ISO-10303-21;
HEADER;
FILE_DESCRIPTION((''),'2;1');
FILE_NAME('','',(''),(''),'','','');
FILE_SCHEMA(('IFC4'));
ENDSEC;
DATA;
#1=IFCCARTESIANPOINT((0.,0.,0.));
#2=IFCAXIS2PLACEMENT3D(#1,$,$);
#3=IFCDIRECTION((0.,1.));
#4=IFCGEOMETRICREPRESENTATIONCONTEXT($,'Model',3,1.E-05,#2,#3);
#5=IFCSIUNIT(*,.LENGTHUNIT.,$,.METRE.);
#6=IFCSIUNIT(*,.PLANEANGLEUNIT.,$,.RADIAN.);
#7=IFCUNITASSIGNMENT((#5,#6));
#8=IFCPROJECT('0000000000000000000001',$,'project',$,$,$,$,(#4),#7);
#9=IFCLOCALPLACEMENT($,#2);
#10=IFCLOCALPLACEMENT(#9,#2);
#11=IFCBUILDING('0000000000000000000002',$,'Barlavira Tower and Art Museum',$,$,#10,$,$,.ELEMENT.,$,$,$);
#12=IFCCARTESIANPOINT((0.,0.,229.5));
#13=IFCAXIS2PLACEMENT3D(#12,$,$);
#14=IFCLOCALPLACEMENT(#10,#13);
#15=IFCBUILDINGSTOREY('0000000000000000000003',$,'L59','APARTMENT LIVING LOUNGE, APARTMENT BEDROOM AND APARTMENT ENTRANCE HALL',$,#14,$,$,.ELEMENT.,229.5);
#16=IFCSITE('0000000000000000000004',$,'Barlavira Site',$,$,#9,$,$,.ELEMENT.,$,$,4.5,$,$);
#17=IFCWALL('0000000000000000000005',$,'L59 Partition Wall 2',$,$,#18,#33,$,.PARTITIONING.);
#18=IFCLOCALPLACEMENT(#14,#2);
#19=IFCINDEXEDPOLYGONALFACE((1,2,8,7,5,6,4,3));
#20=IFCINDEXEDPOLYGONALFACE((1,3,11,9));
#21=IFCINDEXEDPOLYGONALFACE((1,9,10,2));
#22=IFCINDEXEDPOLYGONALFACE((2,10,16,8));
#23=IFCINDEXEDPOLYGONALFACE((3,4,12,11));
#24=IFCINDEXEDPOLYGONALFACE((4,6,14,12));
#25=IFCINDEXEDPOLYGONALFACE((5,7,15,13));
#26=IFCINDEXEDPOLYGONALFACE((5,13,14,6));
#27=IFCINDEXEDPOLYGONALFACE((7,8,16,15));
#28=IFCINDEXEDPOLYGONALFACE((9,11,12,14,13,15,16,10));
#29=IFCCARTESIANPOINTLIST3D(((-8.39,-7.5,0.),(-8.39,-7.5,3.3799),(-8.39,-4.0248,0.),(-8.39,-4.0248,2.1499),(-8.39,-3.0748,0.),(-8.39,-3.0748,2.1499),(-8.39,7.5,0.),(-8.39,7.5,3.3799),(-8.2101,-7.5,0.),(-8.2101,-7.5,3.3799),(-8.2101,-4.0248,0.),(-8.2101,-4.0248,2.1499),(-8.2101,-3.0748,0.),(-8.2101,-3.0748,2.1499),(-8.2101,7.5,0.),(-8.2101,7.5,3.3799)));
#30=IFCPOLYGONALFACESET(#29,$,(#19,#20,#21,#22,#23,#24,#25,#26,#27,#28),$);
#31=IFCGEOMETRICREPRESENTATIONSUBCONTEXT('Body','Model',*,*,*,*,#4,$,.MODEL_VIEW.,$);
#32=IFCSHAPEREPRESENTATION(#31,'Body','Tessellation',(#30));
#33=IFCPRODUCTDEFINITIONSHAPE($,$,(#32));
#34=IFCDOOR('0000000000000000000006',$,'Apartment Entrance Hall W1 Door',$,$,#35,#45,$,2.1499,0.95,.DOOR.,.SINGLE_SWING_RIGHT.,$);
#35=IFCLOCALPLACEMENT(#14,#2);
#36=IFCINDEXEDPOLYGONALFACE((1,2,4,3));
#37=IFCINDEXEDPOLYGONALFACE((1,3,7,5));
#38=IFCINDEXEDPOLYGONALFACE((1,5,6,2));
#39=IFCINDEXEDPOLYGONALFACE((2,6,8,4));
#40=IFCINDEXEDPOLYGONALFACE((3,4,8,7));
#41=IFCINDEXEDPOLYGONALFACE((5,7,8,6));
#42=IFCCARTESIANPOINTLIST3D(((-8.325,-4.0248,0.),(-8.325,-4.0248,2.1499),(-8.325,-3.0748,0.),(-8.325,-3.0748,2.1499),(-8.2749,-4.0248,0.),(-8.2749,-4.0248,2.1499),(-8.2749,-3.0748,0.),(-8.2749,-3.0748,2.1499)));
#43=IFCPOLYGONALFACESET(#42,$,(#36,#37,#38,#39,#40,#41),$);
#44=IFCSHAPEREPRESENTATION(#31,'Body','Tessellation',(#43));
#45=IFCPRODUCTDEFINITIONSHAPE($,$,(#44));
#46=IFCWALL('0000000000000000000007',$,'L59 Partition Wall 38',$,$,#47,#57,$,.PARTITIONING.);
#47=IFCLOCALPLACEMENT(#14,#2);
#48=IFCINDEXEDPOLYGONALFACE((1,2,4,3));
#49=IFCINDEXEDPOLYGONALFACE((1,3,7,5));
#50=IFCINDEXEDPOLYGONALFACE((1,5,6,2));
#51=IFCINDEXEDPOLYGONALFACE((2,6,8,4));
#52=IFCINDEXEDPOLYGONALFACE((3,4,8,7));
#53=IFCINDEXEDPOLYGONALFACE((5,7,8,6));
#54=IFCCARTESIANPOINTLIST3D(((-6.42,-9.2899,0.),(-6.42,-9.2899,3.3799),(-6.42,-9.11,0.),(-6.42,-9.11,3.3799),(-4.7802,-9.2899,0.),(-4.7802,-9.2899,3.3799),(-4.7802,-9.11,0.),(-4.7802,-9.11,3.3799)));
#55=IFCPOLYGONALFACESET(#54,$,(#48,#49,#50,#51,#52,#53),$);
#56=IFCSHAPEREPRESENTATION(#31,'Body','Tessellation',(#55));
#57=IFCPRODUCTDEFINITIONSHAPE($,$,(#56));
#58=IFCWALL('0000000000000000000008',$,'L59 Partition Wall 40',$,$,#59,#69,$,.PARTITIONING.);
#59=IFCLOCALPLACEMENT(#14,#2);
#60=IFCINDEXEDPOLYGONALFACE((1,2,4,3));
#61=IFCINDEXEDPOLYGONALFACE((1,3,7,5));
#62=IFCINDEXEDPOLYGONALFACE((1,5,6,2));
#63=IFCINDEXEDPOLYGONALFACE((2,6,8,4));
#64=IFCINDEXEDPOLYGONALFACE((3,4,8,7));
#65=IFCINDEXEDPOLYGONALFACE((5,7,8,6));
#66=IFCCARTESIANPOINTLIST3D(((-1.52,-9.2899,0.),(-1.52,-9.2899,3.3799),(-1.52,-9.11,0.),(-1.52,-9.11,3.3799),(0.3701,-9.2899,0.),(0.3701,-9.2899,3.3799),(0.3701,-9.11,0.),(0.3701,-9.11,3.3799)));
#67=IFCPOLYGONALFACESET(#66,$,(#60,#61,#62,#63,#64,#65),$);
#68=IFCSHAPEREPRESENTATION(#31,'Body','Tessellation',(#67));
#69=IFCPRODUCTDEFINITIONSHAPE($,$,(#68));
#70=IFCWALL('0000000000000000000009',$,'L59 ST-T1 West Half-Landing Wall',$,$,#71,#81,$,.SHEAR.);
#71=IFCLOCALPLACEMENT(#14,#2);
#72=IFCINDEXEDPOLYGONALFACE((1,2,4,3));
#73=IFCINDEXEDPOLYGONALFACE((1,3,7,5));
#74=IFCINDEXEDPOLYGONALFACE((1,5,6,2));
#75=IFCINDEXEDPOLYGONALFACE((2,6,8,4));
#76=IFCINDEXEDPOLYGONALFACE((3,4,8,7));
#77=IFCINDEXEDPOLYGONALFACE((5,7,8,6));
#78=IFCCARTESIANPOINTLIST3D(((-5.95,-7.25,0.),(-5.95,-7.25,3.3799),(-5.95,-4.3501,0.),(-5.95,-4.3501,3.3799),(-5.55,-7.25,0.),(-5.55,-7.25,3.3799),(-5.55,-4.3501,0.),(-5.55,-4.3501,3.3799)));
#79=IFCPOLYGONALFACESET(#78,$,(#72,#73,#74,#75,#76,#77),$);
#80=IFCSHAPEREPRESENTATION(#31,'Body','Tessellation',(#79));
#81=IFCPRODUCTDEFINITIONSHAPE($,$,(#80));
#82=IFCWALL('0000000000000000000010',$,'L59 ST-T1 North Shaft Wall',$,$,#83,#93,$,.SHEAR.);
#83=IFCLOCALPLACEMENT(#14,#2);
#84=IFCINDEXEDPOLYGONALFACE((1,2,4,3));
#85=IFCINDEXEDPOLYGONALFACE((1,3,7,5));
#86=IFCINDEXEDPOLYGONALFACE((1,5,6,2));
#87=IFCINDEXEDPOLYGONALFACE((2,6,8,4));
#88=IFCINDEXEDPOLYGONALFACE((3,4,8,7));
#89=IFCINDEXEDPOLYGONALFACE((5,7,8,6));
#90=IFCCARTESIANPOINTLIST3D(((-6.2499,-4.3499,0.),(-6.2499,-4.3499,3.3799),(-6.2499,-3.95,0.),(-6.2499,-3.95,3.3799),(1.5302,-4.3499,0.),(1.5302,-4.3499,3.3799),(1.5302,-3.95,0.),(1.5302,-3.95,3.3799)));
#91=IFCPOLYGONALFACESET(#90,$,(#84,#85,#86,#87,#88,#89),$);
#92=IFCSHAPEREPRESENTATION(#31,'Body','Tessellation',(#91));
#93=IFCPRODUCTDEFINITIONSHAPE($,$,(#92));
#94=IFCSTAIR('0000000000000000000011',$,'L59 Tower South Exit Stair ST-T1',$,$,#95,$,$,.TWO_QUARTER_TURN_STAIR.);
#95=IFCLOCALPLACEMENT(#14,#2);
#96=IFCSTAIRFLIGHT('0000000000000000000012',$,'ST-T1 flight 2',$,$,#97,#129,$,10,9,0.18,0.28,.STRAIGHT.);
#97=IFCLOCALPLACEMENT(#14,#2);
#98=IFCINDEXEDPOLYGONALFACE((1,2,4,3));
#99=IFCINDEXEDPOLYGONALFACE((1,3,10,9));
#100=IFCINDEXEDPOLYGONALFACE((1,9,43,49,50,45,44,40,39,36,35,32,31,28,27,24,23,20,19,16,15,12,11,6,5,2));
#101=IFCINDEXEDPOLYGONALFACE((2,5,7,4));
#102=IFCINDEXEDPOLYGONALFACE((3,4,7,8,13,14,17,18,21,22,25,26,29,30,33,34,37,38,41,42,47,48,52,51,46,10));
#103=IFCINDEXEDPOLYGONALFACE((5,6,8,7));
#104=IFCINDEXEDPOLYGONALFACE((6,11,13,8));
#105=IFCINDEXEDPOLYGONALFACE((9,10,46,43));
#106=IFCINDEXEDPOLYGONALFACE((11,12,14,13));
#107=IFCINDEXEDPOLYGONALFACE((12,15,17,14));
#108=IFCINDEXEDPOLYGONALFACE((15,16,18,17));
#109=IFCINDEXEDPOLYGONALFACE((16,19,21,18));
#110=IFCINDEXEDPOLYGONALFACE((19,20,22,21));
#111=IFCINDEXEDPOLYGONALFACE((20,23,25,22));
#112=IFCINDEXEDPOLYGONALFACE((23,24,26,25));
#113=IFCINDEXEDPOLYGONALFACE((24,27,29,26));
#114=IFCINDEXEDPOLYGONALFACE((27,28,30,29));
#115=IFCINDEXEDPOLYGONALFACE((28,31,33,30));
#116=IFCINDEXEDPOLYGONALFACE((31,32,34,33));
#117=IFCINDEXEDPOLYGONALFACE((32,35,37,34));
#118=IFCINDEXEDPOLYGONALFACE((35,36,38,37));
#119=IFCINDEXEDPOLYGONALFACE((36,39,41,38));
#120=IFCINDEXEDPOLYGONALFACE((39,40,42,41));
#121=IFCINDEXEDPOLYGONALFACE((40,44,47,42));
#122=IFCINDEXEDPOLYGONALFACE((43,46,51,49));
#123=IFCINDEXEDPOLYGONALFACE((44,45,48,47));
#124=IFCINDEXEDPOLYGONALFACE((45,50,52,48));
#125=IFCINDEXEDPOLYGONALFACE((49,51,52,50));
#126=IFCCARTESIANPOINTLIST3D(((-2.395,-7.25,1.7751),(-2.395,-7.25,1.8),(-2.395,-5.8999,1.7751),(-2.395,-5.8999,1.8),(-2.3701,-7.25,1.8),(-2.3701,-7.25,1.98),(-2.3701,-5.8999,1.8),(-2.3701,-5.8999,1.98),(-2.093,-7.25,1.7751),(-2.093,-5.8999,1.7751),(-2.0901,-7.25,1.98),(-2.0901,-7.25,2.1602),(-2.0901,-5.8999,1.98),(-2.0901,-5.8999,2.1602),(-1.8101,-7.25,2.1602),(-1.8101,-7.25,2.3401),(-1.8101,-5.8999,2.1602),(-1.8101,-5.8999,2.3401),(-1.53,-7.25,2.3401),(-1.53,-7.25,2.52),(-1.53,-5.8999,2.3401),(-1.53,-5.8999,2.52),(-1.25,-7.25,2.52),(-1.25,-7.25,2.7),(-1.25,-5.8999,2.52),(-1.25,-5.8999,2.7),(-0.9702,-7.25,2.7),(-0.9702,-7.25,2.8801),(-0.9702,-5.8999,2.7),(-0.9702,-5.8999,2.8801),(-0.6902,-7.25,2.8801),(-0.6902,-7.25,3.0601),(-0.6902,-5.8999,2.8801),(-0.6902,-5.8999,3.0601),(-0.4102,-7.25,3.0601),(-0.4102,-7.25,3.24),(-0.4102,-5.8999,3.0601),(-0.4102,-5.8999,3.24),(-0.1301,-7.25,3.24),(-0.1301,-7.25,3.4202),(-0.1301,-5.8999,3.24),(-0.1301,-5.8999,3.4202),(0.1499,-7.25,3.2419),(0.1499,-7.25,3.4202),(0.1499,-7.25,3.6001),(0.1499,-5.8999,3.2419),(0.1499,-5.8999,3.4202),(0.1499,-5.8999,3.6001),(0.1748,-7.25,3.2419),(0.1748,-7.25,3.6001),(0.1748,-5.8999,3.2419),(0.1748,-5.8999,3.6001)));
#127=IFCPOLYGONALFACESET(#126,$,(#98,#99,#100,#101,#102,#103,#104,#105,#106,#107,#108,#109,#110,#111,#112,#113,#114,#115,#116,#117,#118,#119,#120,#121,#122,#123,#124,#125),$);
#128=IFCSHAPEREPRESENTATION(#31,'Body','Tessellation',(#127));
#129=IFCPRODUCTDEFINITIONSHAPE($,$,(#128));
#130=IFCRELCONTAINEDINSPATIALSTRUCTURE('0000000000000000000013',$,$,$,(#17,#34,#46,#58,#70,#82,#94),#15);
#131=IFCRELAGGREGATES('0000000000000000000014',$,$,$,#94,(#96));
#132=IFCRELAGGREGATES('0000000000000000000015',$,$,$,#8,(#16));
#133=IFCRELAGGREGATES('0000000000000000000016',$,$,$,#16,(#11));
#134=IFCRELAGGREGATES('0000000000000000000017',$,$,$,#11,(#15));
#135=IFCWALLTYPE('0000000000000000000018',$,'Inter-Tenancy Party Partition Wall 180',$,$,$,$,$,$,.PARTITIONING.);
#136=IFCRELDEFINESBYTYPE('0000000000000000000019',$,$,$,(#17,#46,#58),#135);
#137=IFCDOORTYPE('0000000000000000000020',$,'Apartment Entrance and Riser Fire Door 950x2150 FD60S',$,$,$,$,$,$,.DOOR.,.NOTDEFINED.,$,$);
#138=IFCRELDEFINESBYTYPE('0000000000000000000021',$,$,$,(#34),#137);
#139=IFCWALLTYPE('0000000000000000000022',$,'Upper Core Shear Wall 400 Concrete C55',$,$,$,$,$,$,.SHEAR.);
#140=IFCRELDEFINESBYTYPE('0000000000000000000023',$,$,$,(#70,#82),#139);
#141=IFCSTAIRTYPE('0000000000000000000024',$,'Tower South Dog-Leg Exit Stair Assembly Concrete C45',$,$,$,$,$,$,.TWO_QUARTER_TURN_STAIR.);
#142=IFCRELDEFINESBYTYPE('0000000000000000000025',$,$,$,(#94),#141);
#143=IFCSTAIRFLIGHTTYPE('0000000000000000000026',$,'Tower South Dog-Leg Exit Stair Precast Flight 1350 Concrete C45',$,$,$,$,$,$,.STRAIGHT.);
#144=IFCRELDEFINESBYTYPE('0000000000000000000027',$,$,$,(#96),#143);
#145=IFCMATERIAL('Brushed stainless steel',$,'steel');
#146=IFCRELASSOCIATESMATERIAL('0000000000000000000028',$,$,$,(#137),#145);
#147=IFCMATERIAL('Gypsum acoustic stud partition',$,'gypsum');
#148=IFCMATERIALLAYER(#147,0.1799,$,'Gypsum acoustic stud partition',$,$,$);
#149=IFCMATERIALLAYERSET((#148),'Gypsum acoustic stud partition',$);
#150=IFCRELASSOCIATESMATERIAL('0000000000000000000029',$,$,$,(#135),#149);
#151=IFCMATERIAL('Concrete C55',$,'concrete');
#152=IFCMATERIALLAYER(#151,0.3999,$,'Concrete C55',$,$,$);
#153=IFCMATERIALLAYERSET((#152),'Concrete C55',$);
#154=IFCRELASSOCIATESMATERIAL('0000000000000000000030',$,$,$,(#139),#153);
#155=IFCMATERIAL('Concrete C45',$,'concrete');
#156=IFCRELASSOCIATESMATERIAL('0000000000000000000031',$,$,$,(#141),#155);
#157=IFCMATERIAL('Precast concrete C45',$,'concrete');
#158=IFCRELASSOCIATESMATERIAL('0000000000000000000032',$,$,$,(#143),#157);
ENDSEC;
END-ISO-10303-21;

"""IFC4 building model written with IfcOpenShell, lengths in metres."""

from ifc_helpers import new_model, si_unit, direction, frame, frame_2d, origin, place, context, subcontext, project, spatial, polyline, rectangle, outline, extrude, material, layer, layer_set, type_object, element, fill, aggregate, save


model = new_model("IFC4")

# Units and contexts
model_context = context("Model", 3, precision=1e-05, world=origin(), true_north=direction((0.0, 1.0)))
body_context = subcontext(model_context, "Body", "Model", "MODEL_VIEW")
ifc_project = project(units=[si_unit("LENGTHUNIT", "METRE"), si_unit("PLANEANGLEUNIT", "RADIAN")], contexts=[model_context])

# Site, building, storey
site_placement = place(None, origin())
site = spatial("IfcSite", under=ifc_project, at=site_placement, Name="Barlavira Site", CompositionType="ELEMENT", RefElevation=4.5)
building_placement = place(site_placement, origin())
building = spatial("IfcBuilding", under=site, at=building_placement, Name="Barlavira Tower and Art Museum", CompositionType="ELEMENT")
storey_placement = place(building_placement, frame((0.0, 0.0, 229.5)))
storey = spatial("IfcBuildingStorey", under=building, at=storey_placement, Name="L59", Description="APARTMENT LIVING LOUNGE, APARTMENT BEDROOM AND APARTMENT ENTRANCE HALL", CompositionType="ELEMENT", Elevation=229.5)

# Shared definitions
ifc_material_1 = material(Name="Brushed stainless steel", Category="steel")
door_type = type_object("IfcDoorType", Name="Apartment Entrance and Riser Fire Door 950x2150 FD60S", OperationType="NOTDEFINED", PredefinedType="DOOR", material=ifc_material_1)

# Wall, opening, door
ifc_material_2 = material(Name="Gypsum acoustic stud partition", Category="gypsum")
ifc_layer_1 = layer(ifc_material_2, 0.1799, Name="Gypsum acoustic stud partition")
ifc_layer_set_1 = layer_set([ifc_layer_1], Name="Gypsum acoustic stud partition")
wall_type_1 = type_object("IfcWallType", Name="Inter-Tenancy Party Partition Wall 180", PredefinedType="PARTITIONING", material=ifc_layer_set_1)
wall_1_placement = place(storey_placement, frame((-8.3, -7.5, 0.0), z_axis=(0.0, 0.0, 1.0), x_axis=(0.0, 1.0, 0.0)))
wall_1 = element("IfcWall", 1, at=wall_1_placement, inside=storey, type_object=wall_type_1, Name="L59 Partition Wall 2", PredefinedType="PARTITIONING", context=body_context, shape_type="SweptSolid", body=[
    extrude(rectangle(XDim=15.0, YDim=0.1799, at=frame_2d((7.5, 0.0))), origin(), (0.0, 0.0, 1.0), 3.3799),
])
opening_1_placement = place(wall_1_placement, frame((3.4751, 0.0, 0.0)))
opening_1 = element("IfcOpeningElement", 2, at=opening_1_placement, cuts=wall_1, PredefinedType="OPENING", context=body_context, shape_type="SweptSolid", body=[
    extrude(rectangle(XDim=0.95, YDim=2.1499, at=frame_2d((0.4751, 1.075))), frame((0.0, 0.1001, 0.0), z_axis=(0.0, -1.0, 0.0), x_axis=(1.0, 0.0, 0.0)), (0.0, 0.0, 1.0), 0.2),
])
door_1_placement = place(opening_1_placement, origin())
door_1 = element("IfcDoor", 3, at=door_1_placement, inside=storey, type_object=door_type, Name="Apartment Entrance Hall W1 Door", OperationType="SINGLE_SWING_RIGHT", OverallHeight=2.1499, OverallWidth=0.95, PredefinedType="DOOR", context=body_context, shape_type="SweptSolid", body=[
    extrude(rectangle(XDim=0.95, YDim=2.1499, at=frame_2d((0.4751, 1.075))), frame((0.0, 0.0249, 0.0), z_axis=(0.0, -1.0, 0.0), x_axis=(1.0, 0.0, 0.0)), (0.0, 0.0, 1.0), 0.05),
])
fill(opening_1, door_1)

# Wall
wall_2_placement = place(storey_placement, frame((-6.4199, -9.2, 0.0), z_axis=(0.0, 0.0, 1.0), x_axis=(1.0, 0.0, 0.0)))
element("IfcWall", 4, at=wall_2_placement, inside=storey, type_object=wall_type_1, Name="L59 Partition Wall 38", PredefinedType="PARTITIONING", context=body_context, shape_type="SweptSolid", body=[
    extrude(rectangle(XDim=1.6399, YDim=0.1799, at=frame_2d((0.8198, 0.0))), origin(), (0.0, 0.0, 1.0), 3.3799),
])

# Walls
wall_3_placement = place(storey_placement, frame((-1.52, -9.2, 0.0), z_axis=(0.0, 0.0, 1.0), x_axis=(1.0, 0.0, 0.0)))
element("IfcWall", 5, at=wall_3_placement, inside=storey, type_object=wall_type_1, Name="L59 Partition Wall 40", PredefinedType="PARTITIONING", context=body_context, shape_type="SweptSolid", body=[
    extrude(rectangle(XDim=1.8901, YDim=0.1799, at=frame_2d((0.9451, 0.0))), origin(), (0.0, 0.0, 1.0), 3.3799),
])
ifc_material_3 = material(Name="Concrete C55", Category="concrete")
ifc_layer_2 = layer(ifc_material_3, 0.3999, Name="Concrete C55")
ifc_layer_set_2 = layer_set([ifc_layer_2], Name="Concrete C55")
wall_type_2 = type_object("IfcWallType", Name="Upper Core Shear Wall 400 Concrete C55", PredefinedType="SHEAR", material=ifc_layer_set_2)
wall_4_placement = place(storey_placement, frame((-5.75, -7.25, 0.0), z_axis=(0.0, 0.0, 1.0), x_axis=(0.0, 1.0, 0.0)))
element("IfcWall", 6, at=wall_4_placement, inside=storey, type_object=wall_type_2, Name="L59 ST-T1 West Half-Landing Wall", PredefinedType="SHEAR", context=body_context, shape_type="SweptSolid", body=[
    extrude(rectangle(XDim=2.8999, YDim=0.3999, at=frame_2d((1.45, 0.0))), origin(), (0.0, 0.0, 1.0), 3.3799),
])
wall_5_placement = place(storey_placement, frame((-6.25, -4.1499, 0.0), z_axis=(0.0, 0.0, 1.0), x_axis=(1.0, 0.0, 0.0)))
element("IfcWall", 7, at=wall_5_placement, inside=storey, type_object=wall_type_2, Name="L59 ST-T1 North Shaft Wall", PredefinedType="SHEAR", context=body_context, shape_type="SweptSolid", body=[
    extrude(rectangle(XDim=7.78, YDim=0.3999, at=frame_2d((3.8901, 0.0))), origin(), (0.0, 0.0, 1.0), 3.3799),
])

# Stair, stair flight
ifc_material_4 = material(Name="Concrete C45", Category="concrete")
stair_type = type_object("IfcStairType", Name="Tower South Dog-Leg Exit Stair Assembly Concrete C45", PredefinedType="TWO_QUARTER_TURN_STAIR", material=ifc_material_4)
stair_placement = place(storey_placement, origin())
stair = element("IfcStair", 8, at=stair_placement, inside=storey, type_object=stair_type, Name="L59 Tower South Exit Stair ST-T1", PredefinedType="TWO_QUARTER_TURN_STAIR")
ifc_material_5 = material(Name="Precast concrete C45", Category="concrete")
stair_flight_type = type_object("IfcStairFlightType", Name="Tower South Dog-Leg Exit Stair Precast Flight 1350 Concrete C45", PredefinedType="STRAIGHT", material=ifc_material_5)
stair_flight_placement = place(storey_placement, frame((-2.3701, -6.575, 1.8), z_axis=(0.0, 0.0, 1.0), x_axis=(1.0, 0.0, 0.0)))
stair_flight = element("IfcStairFlight", 9, at=stair_flight_placement, type_object=stair_flight_type, Name="ST-T1 flight 2", NumberOfRisers=10, NumberOfTreads=9, PredefinedType="STRAIGHT", RiserHeight=0.18, TreadLength=0.28, context=body_context, shape_type="SweptSolid", body=[
    extrude(outline(polyline([(-0.0249, 0.0), (0.0, 0.0), (0.0, 0.1799), (0.28, 0.1799), (0.28, 0.3601), (0.5601, 0.3601), (0.5601, 0.54), (0.8401, 0.54), (0.8401, 0.72), (1.1201, 0.72), (1.1201, 0.8999), (1.3999, 0.8999), (1.3999, 1.0801), (1.6799, 1.0801), (1.6799, 1.26), (1.96, 1.26), (1.96, 1.4399), (2.24, 1.4399), (2.24, 1.6201), (2.52, 1.6201), (2.52, 1.8), (2.5449, 1.8), (2.5449, 1.4419), (2.52, 1.4419), (0.2771, -0.0249), (-0.0249, -0.0249), (-0.0249, 0.0)])), frame((0.0, 0.675, 0.0), z_axis=(0.0, -1.0, 0.0), x_axis=(1.0, 0.0, 0.0)), (0.0, 0.0, 1.0), 1.3501),
])
aggregate(stair, [stair_flight])

save(model, "model.ifc")
